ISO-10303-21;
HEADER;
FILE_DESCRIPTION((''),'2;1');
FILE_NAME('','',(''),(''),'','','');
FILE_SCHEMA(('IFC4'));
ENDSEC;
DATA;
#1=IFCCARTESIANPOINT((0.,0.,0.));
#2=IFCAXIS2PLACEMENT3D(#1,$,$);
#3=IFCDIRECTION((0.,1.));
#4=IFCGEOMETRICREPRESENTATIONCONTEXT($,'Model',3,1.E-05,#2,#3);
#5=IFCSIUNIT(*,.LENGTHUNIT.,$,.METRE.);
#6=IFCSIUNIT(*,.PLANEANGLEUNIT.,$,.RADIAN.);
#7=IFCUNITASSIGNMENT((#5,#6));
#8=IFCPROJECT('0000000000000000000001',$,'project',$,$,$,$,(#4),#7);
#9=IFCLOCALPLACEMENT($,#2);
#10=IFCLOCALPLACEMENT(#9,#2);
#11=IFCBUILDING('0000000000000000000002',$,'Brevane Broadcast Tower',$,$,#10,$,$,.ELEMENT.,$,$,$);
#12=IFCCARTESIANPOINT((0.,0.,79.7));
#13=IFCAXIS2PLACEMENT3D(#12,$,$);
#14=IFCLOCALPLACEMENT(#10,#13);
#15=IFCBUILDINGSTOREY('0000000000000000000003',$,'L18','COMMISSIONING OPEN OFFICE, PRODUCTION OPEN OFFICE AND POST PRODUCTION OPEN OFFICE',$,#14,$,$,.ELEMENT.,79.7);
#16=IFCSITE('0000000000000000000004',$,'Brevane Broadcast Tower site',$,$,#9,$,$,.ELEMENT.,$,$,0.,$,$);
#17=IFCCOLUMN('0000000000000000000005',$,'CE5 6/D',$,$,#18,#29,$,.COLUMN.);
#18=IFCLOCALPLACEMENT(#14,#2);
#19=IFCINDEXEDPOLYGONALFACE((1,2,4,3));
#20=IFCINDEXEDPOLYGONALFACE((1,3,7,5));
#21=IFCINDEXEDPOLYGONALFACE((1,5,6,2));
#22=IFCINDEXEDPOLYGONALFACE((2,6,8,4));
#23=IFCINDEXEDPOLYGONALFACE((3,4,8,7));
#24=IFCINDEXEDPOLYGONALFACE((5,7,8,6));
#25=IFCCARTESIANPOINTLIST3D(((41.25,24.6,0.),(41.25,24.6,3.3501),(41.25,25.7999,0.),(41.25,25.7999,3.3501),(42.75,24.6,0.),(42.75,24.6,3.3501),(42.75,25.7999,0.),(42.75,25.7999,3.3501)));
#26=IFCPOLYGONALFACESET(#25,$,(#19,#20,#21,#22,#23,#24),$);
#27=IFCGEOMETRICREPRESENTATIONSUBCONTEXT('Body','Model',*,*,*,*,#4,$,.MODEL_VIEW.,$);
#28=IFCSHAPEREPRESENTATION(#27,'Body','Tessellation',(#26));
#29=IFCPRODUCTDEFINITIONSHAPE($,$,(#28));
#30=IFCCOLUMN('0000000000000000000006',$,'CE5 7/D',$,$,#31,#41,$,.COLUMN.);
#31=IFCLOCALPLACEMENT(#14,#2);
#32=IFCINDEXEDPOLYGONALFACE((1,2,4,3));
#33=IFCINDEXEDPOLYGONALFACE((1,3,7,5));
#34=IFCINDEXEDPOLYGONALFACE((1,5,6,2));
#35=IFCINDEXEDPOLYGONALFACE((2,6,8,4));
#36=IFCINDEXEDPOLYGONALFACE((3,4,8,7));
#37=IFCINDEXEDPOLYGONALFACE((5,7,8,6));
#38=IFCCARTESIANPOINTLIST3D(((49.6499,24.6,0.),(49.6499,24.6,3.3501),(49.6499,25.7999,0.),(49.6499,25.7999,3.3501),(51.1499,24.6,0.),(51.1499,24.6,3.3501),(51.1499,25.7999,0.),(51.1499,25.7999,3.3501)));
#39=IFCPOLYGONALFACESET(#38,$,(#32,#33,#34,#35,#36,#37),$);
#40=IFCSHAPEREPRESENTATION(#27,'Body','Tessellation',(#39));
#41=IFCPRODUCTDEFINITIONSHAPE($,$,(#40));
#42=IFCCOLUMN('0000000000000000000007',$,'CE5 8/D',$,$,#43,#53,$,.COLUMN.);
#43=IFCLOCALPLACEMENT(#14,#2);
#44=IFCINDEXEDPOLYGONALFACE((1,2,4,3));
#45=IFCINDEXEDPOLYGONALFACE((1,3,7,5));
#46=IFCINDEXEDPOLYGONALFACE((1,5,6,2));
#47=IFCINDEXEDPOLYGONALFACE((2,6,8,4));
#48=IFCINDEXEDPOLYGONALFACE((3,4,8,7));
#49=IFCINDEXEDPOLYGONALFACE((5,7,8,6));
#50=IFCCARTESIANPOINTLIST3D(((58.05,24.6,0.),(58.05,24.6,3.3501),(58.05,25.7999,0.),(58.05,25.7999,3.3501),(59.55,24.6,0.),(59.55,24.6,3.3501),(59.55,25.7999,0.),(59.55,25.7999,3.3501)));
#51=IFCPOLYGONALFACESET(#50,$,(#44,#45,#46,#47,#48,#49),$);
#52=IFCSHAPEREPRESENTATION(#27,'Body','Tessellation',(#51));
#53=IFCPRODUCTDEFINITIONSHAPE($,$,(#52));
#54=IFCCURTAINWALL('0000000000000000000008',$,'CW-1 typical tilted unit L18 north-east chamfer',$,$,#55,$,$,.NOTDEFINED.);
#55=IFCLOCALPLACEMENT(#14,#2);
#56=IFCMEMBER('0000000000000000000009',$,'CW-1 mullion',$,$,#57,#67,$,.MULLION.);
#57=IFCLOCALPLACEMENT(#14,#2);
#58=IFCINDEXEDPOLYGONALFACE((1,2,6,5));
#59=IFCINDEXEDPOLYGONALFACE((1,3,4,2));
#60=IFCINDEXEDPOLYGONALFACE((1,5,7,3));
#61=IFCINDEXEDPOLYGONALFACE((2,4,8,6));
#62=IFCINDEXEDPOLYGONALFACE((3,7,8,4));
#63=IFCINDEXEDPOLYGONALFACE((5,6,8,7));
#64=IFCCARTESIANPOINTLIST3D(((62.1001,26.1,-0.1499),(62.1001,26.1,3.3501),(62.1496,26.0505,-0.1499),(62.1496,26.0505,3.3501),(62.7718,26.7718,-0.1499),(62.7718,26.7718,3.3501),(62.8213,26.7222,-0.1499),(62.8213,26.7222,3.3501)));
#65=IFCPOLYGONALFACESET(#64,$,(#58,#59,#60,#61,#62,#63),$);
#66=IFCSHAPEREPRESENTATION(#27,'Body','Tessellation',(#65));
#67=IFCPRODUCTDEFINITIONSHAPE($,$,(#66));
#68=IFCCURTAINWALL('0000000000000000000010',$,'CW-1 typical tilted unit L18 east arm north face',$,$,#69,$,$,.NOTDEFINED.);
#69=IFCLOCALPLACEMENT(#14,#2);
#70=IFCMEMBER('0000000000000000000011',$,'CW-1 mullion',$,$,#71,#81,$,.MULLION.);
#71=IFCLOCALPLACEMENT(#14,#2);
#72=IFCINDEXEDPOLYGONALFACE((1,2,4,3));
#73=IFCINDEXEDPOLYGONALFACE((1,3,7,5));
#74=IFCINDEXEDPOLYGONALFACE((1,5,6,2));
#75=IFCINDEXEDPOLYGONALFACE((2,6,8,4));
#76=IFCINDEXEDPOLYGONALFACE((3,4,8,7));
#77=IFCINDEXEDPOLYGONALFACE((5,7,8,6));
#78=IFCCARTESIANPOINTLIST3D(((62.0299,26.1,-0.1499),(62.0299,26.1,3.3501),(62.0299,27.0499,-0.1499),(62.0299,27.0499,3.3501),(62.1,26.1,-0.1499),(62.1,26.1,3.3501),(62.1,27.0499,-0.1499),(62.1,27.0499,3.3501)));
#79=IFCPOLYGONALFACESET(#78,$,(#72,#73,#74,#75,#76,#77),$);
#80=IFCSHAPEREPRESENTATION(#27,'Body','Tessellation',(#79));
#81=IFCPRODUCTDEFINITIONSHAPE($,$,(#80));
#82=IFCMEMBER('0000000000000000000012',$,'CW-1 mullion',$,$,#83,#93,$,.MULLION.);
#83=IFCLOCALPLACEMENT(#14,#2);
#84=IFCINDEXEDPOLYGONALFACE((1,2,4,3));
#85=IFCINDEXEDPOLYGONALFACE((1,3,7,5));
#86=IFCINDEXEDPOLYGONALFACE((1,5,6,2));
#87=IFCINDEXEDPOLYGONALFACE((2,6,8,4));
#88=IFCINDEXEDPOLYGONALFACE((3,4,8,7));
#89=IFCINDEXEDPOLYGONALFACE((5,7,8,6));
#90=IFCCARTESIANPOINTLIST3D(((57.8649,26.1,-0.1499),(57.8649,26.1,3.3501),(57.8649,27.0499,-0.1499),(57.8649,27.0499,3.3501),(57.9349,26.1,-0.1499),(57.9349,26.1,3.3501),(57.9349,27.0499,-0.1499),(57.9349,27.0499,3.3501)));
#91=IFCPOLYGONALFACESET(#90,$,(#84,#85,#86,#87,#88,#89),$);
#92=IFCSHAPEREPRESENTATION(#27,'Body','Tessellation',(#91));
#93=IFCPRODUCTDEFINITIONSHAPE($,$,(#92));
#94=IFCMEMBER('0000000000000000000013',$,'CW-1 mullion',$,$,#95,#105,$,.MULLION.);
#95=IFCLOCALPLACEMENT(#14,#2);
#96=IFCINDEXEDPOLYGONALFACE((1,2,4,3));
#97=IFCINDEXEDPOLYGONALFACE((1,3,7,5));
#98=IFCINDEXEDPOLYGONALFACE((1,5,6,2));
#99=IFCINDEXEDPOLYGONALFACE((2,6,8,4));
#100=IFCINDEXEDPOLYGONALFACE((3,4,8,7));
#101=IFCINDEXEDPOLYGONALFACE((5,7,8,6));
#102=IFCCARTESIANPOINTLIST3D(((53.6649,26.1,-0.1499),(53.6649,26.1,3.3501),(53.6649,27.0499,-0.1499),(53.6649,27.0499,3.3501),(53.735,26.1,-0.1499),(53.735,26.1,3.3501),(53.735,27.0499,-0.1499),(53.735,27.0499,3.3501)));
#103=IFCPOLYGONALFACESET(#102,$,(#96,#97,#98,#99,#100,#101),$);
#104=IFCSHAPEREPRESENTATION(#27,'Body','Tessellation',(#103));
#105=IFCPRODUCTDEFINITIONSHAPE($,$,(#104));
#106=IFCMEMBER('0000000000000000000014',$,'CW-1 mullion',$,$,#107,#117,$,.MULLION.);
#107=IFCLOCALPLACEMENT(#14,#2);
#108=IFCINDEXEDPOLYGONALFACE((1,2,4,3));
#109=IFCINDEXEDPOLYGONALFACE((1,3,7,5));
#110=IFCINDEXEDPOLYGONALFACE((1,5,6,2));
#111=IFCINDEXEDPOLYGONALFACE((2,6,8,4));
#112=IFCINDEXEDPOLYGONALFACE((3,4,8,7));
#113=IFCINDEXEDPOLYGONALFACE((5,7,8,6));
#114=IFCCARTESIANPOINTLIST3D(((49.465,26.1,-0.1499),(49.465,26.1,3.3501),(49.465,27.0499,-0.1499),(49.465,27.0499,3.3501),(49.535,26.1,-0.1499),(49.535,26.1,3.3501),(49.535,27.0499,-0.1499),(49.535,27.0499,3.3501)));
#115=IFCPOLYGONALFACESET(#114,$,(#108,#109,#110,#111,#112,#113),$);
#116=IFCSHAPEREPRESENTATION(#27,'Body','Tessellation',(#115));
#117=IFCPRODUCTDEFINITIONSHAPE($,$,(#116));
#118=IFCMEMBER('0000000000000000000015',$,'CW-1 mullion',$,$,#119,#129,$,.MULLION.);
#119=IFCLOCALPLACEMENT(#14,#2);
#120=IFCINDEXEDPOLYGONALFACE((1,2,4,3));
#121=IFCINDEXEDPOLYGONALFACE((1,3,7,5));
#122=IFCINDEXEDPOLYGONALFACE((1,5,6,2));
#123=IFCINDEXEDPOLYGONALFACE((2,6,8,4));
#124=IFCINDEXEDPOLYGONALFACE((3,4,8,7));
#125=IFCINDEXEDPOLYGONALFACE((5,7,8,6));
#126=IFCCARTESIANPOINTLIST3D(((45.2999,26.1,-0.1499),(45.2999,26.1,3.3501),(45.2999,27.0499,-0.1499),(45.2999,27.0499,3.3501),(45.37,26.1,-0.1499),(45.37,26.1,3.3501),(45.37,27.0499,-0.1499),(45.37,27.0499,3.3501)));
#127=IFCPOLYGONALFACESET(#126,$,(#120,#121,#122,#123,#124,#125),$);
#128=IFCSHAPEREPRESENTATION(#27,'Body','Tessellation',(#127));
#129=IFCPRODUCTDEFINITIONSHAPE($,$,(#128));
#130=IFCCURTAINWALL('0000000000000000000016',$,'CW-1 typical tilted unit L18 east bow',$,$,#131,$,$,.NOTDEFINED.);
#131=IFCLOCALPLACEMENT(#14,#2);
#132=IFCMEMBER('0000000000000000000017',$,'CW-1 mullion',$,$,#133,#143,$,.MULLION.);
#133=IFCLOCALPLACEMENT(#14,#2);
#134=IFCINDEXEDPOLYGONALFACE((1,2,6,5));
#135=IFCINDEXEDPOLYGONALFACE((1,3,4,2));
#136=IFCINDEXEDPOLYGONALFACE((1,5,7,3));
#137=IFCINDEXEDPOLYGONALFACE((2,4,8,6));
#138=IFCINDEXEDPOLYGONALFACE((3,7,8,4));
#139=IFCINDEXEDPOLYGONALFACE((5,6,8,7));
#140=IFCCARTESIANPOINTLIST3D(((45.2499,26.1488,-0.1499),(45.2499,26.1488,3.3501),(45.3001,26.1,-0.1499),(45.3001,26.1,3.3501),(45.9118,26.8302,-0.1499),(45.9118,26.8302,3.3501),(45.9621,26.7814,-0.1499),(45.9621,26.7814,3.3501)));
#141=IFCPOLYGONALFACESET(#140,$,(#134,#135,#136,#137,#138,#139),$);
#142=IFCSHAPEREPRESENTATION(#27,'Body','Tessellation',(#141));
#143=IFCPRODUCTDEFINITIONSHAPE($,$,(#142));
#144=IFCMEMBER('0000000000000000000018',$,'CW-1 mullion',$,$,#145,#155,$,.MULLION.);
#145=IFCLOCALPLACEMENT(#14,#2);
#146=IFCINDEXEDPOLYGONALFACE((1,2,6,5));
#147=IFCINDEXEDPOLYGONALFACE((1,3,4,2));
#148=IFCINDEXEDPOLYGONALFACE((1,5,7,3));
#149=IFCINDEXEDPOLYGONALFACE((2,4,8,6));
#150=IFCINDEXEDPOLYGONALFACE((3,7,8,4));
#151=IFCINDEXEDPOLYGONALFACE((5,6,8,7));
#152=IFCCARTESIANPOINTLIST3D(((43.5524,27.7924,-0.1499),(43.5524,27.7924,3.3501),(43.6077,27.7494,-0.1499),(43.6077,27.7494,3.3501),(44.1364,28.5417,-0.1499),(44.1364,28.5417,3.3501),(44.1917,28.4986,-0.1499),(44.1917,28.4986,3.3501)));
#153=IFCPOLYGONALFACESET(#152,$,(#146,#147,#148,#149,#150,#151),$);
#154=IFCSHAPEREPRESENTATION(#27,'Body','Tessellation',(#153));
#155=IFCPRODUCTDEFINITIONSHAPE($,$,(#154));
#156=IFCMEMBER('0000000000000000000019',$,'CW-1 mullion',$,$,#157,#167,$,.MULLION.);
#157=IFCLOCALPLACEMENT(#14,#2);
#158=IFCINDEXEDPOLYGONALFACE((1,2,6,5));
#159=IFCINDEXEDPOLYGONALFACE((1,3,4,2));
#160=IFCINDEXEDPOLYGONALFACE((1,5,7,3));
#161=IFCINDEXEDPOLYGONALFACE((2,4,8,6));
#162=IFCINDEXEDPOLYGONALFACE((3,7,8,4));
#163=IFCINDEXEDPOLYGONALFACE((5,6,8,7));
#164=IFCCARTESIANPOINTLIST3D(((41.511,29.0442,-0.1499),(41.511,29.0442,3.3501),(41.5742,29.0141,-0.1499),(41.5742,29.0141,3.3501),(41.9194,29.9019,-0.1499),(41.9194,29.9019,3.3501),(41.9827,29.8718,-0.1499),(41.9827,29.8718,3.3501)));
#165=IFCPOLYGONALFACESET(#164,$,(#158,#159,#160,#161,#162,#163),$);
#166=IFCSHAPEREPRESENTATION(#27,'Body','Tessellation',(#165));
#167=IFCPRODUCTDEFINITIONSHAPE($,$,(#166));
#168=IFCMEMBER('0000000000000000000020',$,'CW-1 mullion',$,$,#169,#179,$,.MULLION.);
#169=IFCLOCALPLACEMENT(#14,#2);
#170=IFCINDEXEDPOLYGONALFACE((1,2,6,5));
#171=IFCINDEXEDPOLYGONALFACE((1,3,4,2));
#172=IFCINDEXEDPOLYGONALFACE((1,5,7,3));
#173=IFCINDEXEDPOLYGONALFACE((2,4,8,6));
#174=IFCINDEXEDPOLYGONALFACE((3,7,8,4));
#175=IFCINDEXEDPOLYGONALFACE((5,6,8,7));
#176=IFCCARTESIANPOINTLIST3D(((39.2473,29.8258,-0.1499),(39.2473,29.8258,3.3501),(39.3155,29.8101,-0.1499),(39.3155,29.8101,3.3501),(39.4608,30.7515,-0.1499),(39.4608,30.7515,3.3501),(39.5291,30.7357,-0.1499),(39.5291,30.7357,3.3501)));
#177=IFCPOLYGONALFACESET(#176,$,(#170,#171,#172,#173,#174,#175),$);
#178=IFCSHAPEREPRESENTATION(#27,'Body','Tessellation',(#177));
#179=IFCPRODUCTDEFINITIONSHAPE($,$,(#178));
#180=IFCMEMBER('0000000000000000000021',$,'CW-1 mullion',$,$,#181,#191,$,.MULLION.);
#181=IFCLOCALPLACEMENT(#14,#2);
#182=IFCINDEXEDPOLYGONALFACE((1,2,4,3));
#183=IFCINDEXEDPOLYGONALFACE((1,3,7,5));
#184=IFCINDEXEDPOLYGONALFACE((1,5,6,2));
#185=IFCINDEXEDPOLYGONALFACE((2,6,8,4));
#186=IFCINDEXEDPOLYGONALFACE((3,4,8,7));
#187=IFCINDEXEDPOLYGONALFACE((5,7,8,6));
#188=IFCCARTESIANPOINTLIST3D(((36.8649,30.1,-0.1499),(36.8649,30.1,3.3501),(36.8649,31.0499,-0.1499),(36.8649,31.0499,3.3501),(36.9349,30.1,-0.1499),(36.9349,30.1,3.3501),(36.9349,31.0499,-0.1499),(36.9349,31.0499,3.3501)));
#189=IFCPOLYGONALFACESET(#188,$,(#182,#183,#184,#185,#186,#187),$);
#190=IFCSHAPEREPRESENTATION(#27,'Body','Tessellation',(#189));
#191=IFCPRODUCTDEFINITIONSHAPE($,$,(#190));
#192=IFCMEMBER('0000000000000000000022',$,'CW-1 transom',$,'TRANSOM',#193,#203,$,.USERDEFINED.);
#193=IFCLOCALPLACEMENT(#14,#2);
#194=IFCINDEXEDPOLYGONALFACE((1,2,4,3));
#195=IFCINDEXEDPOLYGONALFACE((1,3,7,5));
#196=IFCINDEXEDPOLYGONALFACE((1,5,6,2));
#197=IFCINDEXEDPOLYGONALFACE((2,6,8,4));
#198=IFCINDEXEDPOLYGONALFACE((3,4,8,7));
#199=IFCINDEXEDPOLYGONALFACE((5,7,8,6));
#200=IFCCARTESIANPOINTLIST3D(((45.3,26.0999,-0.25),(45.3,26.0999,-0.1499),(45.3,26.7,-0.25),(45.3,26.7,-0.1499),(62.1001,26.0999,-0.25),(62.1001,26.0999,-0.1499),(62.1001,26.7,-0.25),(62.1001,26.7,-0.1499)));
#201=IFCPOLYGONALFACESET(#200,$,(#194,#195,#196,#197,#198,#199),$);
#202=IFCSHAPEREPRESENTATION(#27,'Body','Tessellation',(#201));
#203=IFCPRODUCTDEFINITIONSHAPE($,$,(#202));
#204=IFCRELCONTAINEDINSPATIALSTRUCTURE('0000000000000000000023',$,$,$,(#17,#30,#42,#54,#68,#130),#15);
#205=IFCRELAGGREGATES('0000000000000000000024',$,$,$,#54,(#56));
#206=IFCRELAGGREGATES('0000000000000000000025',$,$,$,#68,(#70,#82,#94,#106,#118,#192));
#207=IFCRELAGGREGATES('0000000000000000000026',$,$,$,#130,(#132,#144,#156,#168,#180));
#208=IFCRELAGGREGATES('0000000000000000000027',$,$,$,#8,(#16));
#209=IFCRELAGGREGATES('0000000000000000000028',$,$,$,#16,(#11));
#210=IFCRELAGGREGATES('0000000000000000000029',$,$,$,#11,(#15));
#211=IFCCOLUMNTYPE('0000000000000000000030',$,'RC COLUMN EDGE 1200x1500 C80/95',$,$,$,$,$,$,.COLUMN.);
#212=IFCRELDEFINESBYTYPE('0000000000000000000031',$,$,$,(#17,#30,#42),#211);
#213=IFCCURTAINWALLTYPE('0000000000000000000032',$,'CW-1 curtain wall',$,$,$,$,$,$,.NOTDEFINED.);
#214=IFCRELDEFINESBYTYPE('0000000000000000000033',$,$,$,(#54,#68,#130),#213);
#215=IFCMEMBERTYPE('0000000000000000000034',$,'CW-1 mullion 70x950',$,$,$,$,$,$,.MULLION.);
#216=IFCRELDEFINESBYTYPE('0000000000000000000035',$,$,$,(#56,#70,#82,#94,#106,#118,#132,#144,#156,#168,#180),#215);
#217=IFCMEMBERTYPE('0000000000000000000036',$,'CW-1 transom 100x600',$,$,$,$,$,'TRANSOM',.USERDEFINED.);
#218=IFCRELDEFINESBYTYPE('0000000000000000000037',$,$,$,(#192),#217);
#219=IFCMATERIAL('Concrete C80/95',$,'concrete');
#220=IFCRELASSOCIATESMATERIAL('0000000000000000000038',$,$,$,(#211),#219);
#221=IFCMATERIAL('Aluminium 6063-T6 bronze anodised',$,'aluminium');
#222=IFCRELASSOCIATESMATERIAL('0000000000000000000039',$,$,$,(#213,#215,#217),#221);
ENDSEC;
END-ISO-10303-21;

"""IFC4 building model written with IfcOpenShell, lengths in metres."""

from ifc_helpers import new_model, si_unit, direction, frame, origin, origin_2d, place, context, subcontext, project, spatial, rectangle, extrude, material, material_profile, profile_set, type_object, element, aggregate, save


model = new_model("IFC4")

# Units and contexts
model_context = context("Model", 3, precision=1e-05, world=origin(), true_north=direction((0.0, 1.0)))
body_context = subcontext(model_context, "Body", "Model", "MODEL_VIEW")
ifc_project = project(units=[si_unit("LENGTHUNIT", "METRE"), si_unit("PLANEANGLEUNIT", "RADIAN")], contexts=[model_context])

# Site, building, storey
site_placement = place(None, origin())
site = spatial("IfcSite", under=ifc_project, at=site_placement, Name="Brevane Broadcast Tower site", CompositionType="ELEMENT", RefElevation=0.0)
building_placement = place(site_placement, origin())
building = spatial("IfcBuilding", under=site, at=building_placement, Name="Brevane Broadcast Tower", CompositionType="ELEMENT")
storey_placement = place(building_placement, frame((0.0, 0.0, 79.7)))
storey = spatial("IfcBuildingStorey", under=building, at=storey_placement, Name="L18", Description="COMMISSIONING OPEN OFFICE, PRODUCTION OPEN OFFICE AND POST PRODUCTION OPEN OFFICE", CompositionType="ELEMENT", Elevation=79.7)

# Columns
ifc_material_1 = material(Name="Concrete C80/95", Category="concrete")
ifc_material_profile_1 = material_profile(ifc_material_1, rectangle(XDim=1.2, YDim=1.5, at=origin_2d()), Name="RC 1200x1500")
ifc_profile_set_1 = profile_set([ifc_material_profile_1], Name="Concrete C80/95")
column_type = type_object("IfcColumnType", Name="RC COLUMN EDGE 1200x1500 C80/95", PredefinedType="COLUMN", material=ifc_profile_set_1)
for number, where, z_axis, x_axis, name in (
    (1, (42.0, 25.2, 0.0), (0.0, 0.0, 1.0), (0.0, 1.0, 0.0), "CE5 6/D"),
    (2, (50.3999, 25.2, 0.0), (0.0, 0.0, 1.0), (0.0, 1.0, 0.0), "CE5 7/D"),
    (3, (58.8, 25.2, 0.0), (0.0, 0.0, 1.0), (0.0, 1.0, 0.0), "CE5 8/D"),
):
    element("IfcColumn", number, at=place(storey_placement, frame(where, z_axis=z_axis, x_axis=x_axis)), inside=storey, type_object=column_type, Name=name, PredefinedType="COLUMN", context=body_context, shape_type="SweptSolid", body=[
        extrude(rectangle(XDim=1.2, YDim=1.5, at=origin_2d()), origin(), (0.0, 0.0, 1.0), 3.3501),
    ])

# Curtain wall, member
ifc_material_2 = material(Name="Aluminium 6063-T6 bronze anodised", Category="aluminium")
curtain_wall_type = type_object("IfcCurtainWallType", Name="CW-1 curtain wall", PredefinedType="NOTDEFINED", material=ifc_material_2)
curtain_wall_1_placement = place(storey_placement, origin())
curtain_wall_1 = element("IfcCurtainWall", 4, at=curtain_wall_1_placement, inside=storey, type_object=curtain_wall_type, Name="CW-1 typical tilted unit L18 north-east chamfer", PredefinedType="NOTDEFINED")
ifc_material_profile_2 = material_profile(ifc_material_2, rectangle(XDim=0.95, YDim=0.0701, at=origin_2d()), Name="RECT 70x950")
ifc_profile_set_2 = profile_set([ifc_material_profile_2], Name="Aluminium 6063-T6 bronze anodised")
member_type_1 = type_object("IfcMemberType", Name="CW-1 mullion 70x950", PredefinedType="MULLION", material=ifc_profile_set_2)
member_1_placement = place(storey_placement, frame((62.4607, 26.4111, -0.1499), z_axis=(0.0, 0.0, 1.0), x_axis=(-0.707107, -0.707107, 0.0)))
member_1 = element("IfcMember", 5, at=member_1_placement, type_object=member_type_1, Name="CW-1 mullion", PredefinedType="MULLION", context=body_context, shape_type="SweptSolid", body=[
    extrude(rectangle(XDim=0.95, YDim=0.0701, at=origin_2d()), origin(), (0.0, 0.0, 1.0), 3.5),
])
aggregate(curtain_wall_1, [member_1])

# Curtain walls, members
curtain_wall_2_placement = place(storey_placement, origin())
curtain_wall_2 = element("IfcCurtainWall", 6, at=curtain_wall_2_placement, inside=storey, type_object=curtain_wall_type, Name="CW-1 typical tilted unit L18 east arm north face", PredefinedType="NOTDEFINED")
member_2_placement = place(storey_placement, frame((62.0649, 26.575, -0.1499), z_axis=(0.0, 0.0, 1.0), x_axis=(0.0, -1.0, 0.0)))
member_2 = element("IfcMember", 7, at=member_2_placement, type_object=member_type_1, Name="CW-1 mullion", PredefinedType="MULLION", context=body_context, shape_type="SweptSolid", body=[
    extrude(rectangle(XDim=0.95, YDim=0.0701, at=origin_2d()), origin(), (0.0, 0.0, 1.0), 3.5),
])
member_3_placement = place(storey_placement, frame((57.8999, 26.575, -0.1499), z_axis=(0.0, 0.0, 1.0), x_axis=(0.0, -1.0, 0.0)))
member_3 = element("IfcMember", 8, at=member_3_placement, type_object=member_type_1, Name="CW-1 mullion", PredefinedType="MULLION", context=body_context, shape_type="SweptSolid", body=[
    extrude(rectangle(XDim=0.95, YDim=0.0701, at=origin_2d()), origin(), (0.0, 0.0, 1.0), 3.5),
])
member_4_placement = place(storey_placement, frame((53.7, 26.575, -0.1499), z_axis=(0.0, 0.0, 1.0), x_axis=(0.0, -1.0, 0.0)))
member_4 = element("IfcMember", 9, at=member_4_placement, type_object=member_type_1, Name="CW-1 mullion", PredefinedType="MULLION", context=body_context, shape_type="SweptSolid", body=[
    extrude(rectangle(XDim=0.95, YDim=0.0701, at=origin_2d()), origin(), (0.0, 0.0, 1.0), 3.5),
])
member_5_placement = place(storey_placement, frame((49.5, 26.575, -0.1499), z_axis=(0.0, 0.0, 1.0), x_axis=(0.0, -1.0, 0.0)))
member_5 = element("IfcMember", 10, at=member_5_placement, type_object=member_type_1, Name="CW-1 mullion", PredefinedType="MULLION", context=body_context, shape_type="SweptSolid", body=[
    extrude(rectangle(XDim=0.95, YDim=0.0701, at=origin_2d()), origin(), (0.0, 0.0, 1.0), 3.5),
])
member_6_placement = place(storey_placement, frame((45.335, 26.575, -0.1499), z_axis=(0.0, 0.0, 1.0), x_axis=(0.0, -1.0, 0.0)))
member_6 = element("IfcMember", 11, at=member_6_placement, type_object=member_type_1, Name="CW-1 mullion", PredefinedType="MULLION", context=body_context, shape_type="SweptSolid", body=[
    extrude(rectangle(XDim=0.95, YDim=0.0701, at=origin_2d()), origin(), (0.0, 0.0, 1.0), 3.5),
])
curtain_wall_3_placement = place(storey_placement, origin())
curtain_wall_3 = element("IfcCurtainWall", 12, at=curtain_wall_3_placement, inside=storey, type_object=curtain_wall_type, Name="CW-1 typical tilted unit L18 east bow", PredefinedType="NOTDEFINED")
member_7_placement = place(storey_placement, frame((45.606, 26.4651, -0.1499), z_axis=(0.0, 0.0, 1.0), x_axis=(-0.696812, -0.717254, 0.0)))
member_7 = element("IfcMember", 13, at=member_7_placement, type_object=member_type_1, Name="CW-1 mullion", PredefinedType="MULLION", context=body_context, shape_type="SweptSolid", body=[
    extrude(rectangle(XDim=0.95, YDim=0.0701, at=origin_2d()), origin(), (0.0, 0.0, 1.0), 3.5),
])
member_8_placement = place(storey_placement, frame((43.8721, 28.1455, -0.1499), z_axis=(0.0, 0.0, 1.0), x_axis=(-0.61477, -0.788707, 0.0)))
member_8 = element("IfcMember", 14, at=member_8_placement, type_object=member_type_1, Name="CW-1 mullion", PredefinedType="MULLION", context=body_context, shape_type="SweptSolid", body=[
    extrude(rectangle(XDim=0.95, YDim=0.0701, at=origin_2d()), origin(), (0.0, 0.0, 1.0), 3.5),
])
member_9_placement = place(storey_placement, frame((41.7468, 29.458, -0.1499), z_axis=(0.0, 0.0, 1.0), x_axis=(-0.429934, -0.902861, 0.0)))
member_9 = element("IfcMember", 15, at=member_9_placement, type_object=member_type_1, Name="CW-1 mullion", PredefinedType="MULLION", context=body_context, shape_type="SweptSolid", body=[
    extrude(rectangle(XDim=0.95, YDim=0.0701, at=origin_2d()), origin(), (0.0, 0.0, 1.0), 3.5),
])
member_10_placement = place(storey_placement, frame((39.3882, 30.2808, -0.1499), z_axis=(0.0, 0.0, 1.0), x_axis=(-0.224806, -0.974403, 0.0)))
member_10 = element("IfcMember", 16, at=member_10_placement, type_object=member_type_1, Name="CW-1 mullion", PredefinedType="MULLION", context=body_context, shape_type="SweptSolid", body=[
    extrude(rectangle(XDim=0.95, YDim=0.0701, at=origin_2d()), origin(), (0.0, 0.0, 1.0), 3.5),
])
member_11_placement = place(storey_placement, frame((36.8999, 30.575, -0.1499), z_axis=(0.0, 0.0, 1.0), x_axis=(0.0, -1.0, 0.0)))
member_11 = element("IfcMember", 17, at=member_11_placement, type_object=member_type_1, Name="CW-1 mullion", PredefinedType="MULLION", context=body_context, shape_type="SweptSolid", body=[
    extrude(rectangle(XDim=0.95, YDim=0.0701, at=origin_2d()), origin(), (0.0, 0.0, 1.0), 3.5),
])

# Member
ifc_material_profile_3 = material_profile(ifc_material_2, rectangle(XDim=0.6001, YDim=0.1001, at=origin_2d()), Name="RECT 100x600")
ifc_profile_set_3 = profile_set([ifc_material_profile_3], Name="Aluminium 6063-T6 bronze anodised")
member_type_2 = type_object("IfcMemberType", Name="CW-1 transom 100x600", ElementType="TRANSOM", PredefinedType="USERDEFINED", material=ifc_profile_set_3)
member_12_placement = place(storey_placement, frame((62.1001, 26.3999, -0.2), z_axis=(-1.0, 0.0, 0.0), x_axis=(0.0, -1.0, 0.0)))
member_12 = element("IfcMember", 18, at=member_12_placement, type_object=member_type_2, Name="CW-1 transom", ObjectType="TRANSOM", PredefinedType="USERDEFINED", context=body_context, shape_type="SweptSolid", body=[
    extrude(rectangle(XDim=0.6001, YDim=0.1001, at=origin_2d()), origin(), (0.0, 0.0, 1.0), 16.8),
])
aggregate(curtain_wall_2, [member_2, member_3, member_4, member_5, member_6, member_12])
aggregate(curtain_wall_3, [member_7, member_8, member_9, member_10, member_11])

save(model, "model.ifc")
